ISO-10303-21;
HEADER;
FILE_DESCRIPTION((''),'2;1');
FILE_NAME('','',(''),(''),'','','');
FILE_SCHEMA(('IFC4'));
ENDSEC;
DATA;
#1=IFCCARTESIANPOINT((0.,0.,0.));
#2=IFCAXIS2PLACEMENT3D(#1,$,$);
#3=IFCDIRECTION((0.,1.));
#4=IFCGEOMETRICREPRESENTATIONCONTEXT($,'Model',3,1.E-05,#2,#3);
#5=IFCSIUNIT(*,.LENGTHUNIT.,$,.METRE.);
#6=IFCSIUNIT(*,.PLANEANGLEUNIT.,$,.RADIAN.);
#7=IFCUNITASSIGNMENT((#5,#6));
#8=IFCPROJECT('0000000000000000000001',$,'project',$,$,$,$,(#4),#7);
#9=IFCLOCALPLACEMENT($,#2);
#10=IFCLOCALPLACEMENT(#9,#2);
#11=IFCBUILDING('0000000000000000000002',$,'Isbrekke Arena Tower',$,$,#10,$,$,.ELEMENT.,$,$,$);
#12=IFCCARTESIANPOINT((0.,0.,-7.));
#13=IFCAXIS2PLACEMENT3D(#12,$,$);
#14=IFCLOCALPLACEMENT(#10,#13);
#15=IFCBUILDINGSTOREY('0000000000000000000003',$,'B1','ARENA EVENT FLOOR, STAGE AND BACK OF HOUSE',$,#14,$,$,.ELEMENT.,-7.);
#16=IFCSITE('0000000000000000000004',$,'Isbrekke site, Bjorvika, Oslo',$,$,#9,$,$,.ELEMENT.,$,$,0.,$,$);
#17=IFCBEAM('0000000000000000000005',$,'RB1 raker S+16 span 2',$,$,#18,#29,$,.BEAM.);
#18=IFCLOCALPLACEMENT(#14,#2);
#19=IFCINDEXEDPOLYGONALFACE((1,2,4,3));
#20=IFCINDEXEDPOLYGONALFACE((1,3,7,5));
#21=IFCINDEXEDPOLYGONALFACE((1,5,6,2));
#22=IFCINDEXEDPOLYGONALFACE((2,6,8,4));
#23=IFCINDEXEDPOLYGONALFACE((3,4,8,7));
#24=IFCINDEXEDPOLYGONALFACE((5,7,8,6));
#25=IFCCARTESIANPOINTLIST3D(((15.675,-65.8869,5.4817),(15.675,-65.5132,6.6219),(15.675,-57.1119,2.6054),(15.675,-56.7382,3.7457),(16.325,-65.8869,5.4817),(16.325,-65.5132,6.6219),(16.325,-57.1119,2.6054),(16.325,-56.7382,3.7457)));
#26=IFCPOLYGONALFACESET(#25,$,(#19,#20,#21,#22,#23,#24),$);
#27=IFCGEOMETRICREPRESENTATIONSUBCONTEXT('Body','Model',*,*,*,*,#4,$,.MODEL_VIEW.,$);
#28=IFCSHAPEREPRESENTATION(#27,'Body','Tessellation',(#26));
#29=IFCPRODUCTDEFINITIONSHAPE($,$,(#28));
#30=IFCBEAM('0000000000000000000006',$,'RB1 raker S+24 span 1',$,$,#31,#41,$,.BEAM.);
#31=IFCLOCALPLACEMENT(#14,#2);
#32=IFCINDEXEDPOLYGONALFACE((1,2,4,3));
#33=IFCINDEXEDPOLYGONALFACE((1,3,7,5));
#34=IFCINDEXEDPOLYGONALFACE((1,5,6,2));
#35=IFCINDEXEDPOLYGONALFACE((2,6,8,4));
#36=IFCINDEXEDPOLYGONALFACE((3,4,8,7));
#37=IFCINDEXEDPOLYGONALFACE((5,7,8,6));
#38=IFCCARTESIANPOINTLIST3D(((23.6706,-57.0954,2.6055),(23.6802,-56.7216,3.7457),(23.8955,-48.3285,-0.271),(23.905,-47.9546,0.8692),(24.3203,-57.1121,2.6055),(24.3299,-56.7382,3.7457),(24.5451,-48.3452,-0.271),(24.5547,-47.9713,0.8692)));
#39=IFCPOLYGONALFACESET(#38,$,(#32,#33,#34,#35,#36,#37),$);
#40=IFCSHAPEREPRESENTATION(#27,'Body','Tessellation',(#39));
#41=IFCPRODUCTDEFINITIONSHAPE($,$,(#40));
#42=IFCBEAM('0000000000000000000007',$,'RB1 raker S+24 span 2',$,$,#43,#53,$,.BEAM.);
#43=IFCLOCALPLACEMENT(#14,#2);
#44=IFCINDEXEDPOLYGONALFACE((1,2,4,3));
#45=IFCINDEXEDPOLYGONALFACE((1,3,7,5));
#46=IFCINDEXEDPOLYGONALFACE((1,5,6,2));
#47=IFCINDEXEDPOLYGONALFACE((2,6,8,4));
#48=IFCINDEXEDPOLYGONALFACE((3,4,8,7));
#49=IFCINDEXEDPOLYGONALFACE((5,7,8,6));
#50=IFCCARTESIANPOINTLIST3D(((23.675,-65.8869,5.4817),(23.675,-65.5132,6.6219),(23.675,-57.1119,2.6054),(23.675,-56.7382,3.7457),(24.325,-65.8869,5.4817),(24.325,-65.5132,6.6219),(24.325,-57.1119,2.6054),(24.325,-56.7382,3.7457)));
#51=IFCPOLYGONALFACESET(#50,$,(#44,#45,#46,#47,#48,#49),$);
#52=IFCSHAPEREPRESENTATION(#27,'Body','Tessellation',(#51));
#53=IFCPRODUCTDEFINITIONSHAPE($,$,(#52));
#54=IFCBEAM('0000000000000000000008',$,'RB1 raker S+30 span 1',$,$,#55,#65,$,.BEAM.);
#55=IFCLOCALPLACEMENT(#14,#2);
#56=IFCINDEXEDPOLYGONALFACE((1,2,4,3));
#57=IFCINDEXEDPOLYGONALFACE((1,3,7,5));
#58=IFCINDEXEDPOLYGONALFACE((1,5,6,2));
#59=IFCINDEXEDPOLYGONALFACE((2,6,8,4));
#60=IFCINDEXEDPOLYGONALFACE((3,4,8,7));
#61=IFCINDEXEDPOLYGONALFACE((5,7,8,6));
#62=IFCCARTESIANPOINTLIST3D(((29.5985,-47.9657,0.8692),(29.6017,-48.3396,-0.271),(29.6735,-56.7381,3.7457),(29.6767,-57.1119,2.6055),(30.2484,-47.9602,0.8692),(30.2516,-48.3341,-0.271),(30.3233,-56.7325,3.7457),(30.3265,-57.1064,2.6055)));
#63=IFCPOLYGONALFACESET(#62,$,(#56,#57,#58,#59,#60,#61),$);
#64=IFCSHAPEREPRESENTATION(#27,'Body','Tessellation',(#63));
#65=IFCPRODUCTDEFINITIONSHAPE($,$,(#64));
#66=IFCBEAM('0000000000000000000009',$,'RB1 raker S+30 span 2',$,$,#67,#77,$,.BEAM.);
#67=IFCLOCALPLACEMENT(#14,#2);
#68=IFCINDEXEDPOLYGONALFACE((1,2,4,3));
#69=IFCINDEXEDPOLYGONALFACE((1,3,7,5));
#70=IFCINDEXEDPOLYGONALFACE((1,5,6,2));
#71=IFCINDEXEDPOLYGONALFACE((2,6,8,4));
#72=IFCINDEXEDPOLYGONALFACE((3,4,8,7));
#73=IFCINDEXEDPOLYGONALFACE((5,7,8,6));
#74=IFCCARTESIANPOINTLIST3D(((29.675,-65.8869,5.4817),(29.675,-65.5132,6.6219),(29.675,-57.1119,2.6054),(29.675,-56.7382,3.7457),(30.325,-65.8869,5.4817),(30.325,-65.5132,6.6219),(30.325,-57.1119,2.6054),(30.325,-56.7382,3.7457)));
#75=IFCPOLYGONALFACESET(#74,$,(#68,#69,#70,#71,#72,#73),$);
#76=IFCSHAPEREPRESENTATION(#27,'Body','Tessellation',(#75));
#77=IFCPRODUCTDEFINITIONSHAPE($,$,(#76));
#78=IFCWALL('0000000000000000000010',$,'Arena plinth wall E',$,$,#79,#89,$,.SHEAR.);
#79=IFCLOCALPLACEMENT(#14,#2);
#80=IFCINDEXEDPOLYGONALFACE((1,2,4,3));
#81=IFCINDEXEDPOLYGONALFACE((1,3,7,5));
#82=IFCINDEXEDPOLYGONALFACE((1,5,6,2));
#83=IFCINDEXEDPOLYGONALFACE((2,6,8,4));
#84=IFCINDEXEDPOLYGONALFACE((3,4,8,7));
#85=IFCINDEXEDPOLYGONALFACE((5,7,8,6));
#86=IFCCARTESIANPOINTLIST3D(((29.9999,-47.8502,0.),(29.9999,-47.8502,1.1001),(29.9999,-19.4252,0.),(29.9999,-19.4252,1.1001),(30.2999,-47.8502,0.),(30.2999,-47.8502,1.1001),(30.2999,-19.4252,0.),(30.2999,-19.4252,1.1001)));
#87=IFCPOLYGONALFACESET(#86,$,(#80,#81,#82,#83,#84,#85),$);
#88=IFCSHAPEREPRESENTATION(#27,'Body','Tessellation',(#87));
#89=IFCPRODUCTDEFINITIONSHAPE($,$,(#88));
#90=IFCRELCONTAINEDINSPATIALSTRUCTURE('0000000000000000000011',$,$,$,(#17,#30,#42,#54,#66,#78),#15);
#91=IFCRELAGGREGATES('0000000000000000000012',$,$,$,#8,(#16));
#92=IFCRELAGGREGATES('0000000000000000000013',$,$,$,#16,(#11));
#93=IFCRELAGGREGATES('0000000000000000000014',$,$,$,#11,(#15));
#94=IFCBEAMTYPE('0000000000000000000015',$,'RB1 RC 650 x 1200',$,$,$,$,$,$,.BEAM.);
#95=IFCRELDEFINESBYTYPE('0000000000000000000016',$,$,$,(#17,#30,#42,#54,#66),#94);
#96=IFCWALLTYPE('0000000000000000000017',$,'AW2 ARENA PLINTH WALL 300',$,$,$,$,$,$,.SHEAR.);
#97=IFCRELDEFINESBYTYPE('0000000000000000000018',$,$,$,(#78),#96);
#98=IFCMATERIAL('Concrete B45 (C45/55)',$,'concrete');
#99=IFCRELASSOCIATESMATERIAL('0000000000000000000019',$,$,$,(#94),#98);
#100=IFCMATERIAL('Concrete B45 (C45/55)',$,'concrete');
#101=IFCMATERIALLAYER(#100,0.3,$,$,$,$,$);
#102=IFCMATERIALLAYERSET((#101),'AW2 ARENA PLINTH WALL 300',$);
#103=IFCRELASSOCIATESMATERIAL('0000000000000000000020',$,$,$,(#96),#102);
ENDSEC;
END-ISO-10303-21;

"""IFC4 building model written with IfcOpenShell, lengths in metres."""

from ifc_helpers import new_model, si_unit, direction, frame, frame_2d, origin, origin_2d, place, context, subcontext, project, spatial, rectangle, extrude, material, layer, layer_set, material_profile, profile_set, type_object, element, save


model = new_model("IFC4")

# Units and contexts
model_context = context("Model", 3, precision=1e-05, world=origin(), true_north=direction((0.0, 1.0)))
body_context = subcontext(model_context, "Body", "Model", "MODEL_VIEW")
ifc_project = project(units=[si_unit("LENGTHUNIT", "METRE"), si_unit("PLANEANGLEUNIT", "RADIAN")], contexts=[model_context])

# Site, building, storey
site_placement = place(None, origin())
site = spatial("IfcSite", under=ifc_project, at=site_placement, Name="Isbrekke site, Bjorvika, Oslo", CompositionType="ELEMENT", RefElevation=0.0)
building_placement = place(site_placement, origin())
building = spatial("IfcBuilding", under=site, at=building_placement, Name="Isbrekke Arena Tower", CompositionType="ELEMENT")
storey_placement = place(building_placement, frame((0.0, 0.0, -7.0)))
storey = spatial("IfcBuildingStorey", under=building, at=storey_placement, Name="B1", Description="ARENA EVENT FLOOR, STAGE AND BACK OF HOUSE", CompositionType="ELEMENT", Elevation=-7.0)

# Beams
ifc_material_1 = material(Name="Concrete B45 (C45/55)", Category="concrete")
ifc_material_profile_1 = material_profile(ifc_material_1, rectangle(XDim=0.6499, YDim=1.2, at=origin_2d()), Name="RC 650x1200")
ifc_profile_set_1 = profile_set([ifc_material_profile_1], Name="Concrete B45 (C45/55)")
beam_type = type_object("IfcBeamType", Name="RB1 RC 650 x 1200", PredefinedType="BEAM", material=ifc_profile_set_1)
beam_1_placement = place(storey_placement, frame((16.0, -56.925, 3.1755), z_axis=(0.0, -0.950255, 0.311473), x_axis=(1.0, 0.0, 0.0)))
element("IfcBeam", 1, at=beam_1_placement, inside=storey, type_object=beam_type, Name="RB1 raker S+16 span 2", PredefinedType="BEAM", context=body_context, shape_type="SweptSolid", body=[
    extrude(rectangle(XDim=0.6499, YDim=1.2, at=origin_2d()), origin(), (0.0, 0.0, 1.0), 9.2344),
])
beam_2_placement = place(storey_placement, frame((24.2251, -48.1499, 0.2991), z_axis=(-0.024363, -0.94988, 0.311663), x_axis=(0.999671, -0.02564, 0.0)))
element("IfcBeam", 2, at=beam_2_placement, inside=storey, type_object=beam_type, Name="RB1 raker S+24 span 1", PredefinedType="BEAM", context=body_context, shape_type="SweptSolid", body=[
    extrude(rectangle(XDim=0.6499, YDim=1.2, at=origin_2d()), origin(), (0.0, 0.0, 1.0), 9.2295),
])
beam_3_placement = place(storey_placement, frame((24.0, -56.925, 3.1755), z_axis=(0.0, -0.950255, 0.311473), x_axis=(1.0, 0.0, 0.0)))
element("IfcBeam", 3, at=beam_3_placement, inside=storey, type_object=beam_type, Name="RB1 raker S+24 span 2", PredefinedType="BEAM", context=body_context, shape_type="SweptSolid", body=[
    extrude(rectangle(XDim=0.6499, YDim=1.2, at=origin_2d()), origin(), (0.0, 0.0, 1.0), 9.2344),
])
beam_4_placement = place(storey_placement, frame((29.925, -48.1499, 0.2991), z_axis=(0.008119, -0.950188, 0.311572), x_axis=(0.999964, 0.008544, 0.0)))
element("IfcBeam", 4, at=beam_4_placement, inside=storey, type_object=beam_type, Name="RB1 raker S+30 span 1", PredefinedType="BEAM", context=body_context, shape_type="SweptSolid", body=[
    extrude(rectangle(XDim=0.6499, YDim=1.2, at=origin_2d()), origin(), (0.0, 0.0, 1.0), 9.2322),
])
beam_5_placement = place(storey_placement, frame((30.0, -56.925, 3.1755), z_axis=(0.0, -0.950255, 0.311473), x_axis=(1.0, 0.0, 0.0)))
element("IfcBeam", 5, at=beam_5_placement, inside=storey, type_object=beam_type, Name="RB1 raker S+30 span 2", PredefinedType="BEAM", context=body_context, shape_type="SweptSolid", body=[
    extrude(rectangle(XDim=0.6499, YDim=1.2, at=origin_2d()), origin(), (0.0, 0.0, 1.0), 9.2344),
])

# Wall
ifc_material_2 = material(Name="Concrete B45 (C45/55)", Category="concrete")
ifc_layer = layer(ifc_material_2, 0.3)
ifc_layer_set = layer_set([ifc_layer], Name="AW2 ARENA PLINTH WALL 300")
wall_type = type_object("IfcWallType", Name="AW2 ARENA PLINTH WALL 300", PredefinedType="SHEAR", material=ifc_layer_set)
wall_placement = place(storey_placement, frame((30.1499, -47.8501, 0.0), z_axis=(0.0, 0.0, 1.0), x_axis=(0.0, 1.0, 0.0)))
element("IfcWall", 6, at=wall_placement, inside=storey, type_object=wall_type, Name="Arena plinth wall E", PredefinedType="SHEAR", context=body_context, shape_type="SweptSolid", body=[
    extrude(rectangle(XDim=28.425, YDim=0.3, at=frame_2d((14.2124, 0.0))), origin(), (0.0, 0.0, 1.0), 1.1001),
])

save(model, "model.ifc")
